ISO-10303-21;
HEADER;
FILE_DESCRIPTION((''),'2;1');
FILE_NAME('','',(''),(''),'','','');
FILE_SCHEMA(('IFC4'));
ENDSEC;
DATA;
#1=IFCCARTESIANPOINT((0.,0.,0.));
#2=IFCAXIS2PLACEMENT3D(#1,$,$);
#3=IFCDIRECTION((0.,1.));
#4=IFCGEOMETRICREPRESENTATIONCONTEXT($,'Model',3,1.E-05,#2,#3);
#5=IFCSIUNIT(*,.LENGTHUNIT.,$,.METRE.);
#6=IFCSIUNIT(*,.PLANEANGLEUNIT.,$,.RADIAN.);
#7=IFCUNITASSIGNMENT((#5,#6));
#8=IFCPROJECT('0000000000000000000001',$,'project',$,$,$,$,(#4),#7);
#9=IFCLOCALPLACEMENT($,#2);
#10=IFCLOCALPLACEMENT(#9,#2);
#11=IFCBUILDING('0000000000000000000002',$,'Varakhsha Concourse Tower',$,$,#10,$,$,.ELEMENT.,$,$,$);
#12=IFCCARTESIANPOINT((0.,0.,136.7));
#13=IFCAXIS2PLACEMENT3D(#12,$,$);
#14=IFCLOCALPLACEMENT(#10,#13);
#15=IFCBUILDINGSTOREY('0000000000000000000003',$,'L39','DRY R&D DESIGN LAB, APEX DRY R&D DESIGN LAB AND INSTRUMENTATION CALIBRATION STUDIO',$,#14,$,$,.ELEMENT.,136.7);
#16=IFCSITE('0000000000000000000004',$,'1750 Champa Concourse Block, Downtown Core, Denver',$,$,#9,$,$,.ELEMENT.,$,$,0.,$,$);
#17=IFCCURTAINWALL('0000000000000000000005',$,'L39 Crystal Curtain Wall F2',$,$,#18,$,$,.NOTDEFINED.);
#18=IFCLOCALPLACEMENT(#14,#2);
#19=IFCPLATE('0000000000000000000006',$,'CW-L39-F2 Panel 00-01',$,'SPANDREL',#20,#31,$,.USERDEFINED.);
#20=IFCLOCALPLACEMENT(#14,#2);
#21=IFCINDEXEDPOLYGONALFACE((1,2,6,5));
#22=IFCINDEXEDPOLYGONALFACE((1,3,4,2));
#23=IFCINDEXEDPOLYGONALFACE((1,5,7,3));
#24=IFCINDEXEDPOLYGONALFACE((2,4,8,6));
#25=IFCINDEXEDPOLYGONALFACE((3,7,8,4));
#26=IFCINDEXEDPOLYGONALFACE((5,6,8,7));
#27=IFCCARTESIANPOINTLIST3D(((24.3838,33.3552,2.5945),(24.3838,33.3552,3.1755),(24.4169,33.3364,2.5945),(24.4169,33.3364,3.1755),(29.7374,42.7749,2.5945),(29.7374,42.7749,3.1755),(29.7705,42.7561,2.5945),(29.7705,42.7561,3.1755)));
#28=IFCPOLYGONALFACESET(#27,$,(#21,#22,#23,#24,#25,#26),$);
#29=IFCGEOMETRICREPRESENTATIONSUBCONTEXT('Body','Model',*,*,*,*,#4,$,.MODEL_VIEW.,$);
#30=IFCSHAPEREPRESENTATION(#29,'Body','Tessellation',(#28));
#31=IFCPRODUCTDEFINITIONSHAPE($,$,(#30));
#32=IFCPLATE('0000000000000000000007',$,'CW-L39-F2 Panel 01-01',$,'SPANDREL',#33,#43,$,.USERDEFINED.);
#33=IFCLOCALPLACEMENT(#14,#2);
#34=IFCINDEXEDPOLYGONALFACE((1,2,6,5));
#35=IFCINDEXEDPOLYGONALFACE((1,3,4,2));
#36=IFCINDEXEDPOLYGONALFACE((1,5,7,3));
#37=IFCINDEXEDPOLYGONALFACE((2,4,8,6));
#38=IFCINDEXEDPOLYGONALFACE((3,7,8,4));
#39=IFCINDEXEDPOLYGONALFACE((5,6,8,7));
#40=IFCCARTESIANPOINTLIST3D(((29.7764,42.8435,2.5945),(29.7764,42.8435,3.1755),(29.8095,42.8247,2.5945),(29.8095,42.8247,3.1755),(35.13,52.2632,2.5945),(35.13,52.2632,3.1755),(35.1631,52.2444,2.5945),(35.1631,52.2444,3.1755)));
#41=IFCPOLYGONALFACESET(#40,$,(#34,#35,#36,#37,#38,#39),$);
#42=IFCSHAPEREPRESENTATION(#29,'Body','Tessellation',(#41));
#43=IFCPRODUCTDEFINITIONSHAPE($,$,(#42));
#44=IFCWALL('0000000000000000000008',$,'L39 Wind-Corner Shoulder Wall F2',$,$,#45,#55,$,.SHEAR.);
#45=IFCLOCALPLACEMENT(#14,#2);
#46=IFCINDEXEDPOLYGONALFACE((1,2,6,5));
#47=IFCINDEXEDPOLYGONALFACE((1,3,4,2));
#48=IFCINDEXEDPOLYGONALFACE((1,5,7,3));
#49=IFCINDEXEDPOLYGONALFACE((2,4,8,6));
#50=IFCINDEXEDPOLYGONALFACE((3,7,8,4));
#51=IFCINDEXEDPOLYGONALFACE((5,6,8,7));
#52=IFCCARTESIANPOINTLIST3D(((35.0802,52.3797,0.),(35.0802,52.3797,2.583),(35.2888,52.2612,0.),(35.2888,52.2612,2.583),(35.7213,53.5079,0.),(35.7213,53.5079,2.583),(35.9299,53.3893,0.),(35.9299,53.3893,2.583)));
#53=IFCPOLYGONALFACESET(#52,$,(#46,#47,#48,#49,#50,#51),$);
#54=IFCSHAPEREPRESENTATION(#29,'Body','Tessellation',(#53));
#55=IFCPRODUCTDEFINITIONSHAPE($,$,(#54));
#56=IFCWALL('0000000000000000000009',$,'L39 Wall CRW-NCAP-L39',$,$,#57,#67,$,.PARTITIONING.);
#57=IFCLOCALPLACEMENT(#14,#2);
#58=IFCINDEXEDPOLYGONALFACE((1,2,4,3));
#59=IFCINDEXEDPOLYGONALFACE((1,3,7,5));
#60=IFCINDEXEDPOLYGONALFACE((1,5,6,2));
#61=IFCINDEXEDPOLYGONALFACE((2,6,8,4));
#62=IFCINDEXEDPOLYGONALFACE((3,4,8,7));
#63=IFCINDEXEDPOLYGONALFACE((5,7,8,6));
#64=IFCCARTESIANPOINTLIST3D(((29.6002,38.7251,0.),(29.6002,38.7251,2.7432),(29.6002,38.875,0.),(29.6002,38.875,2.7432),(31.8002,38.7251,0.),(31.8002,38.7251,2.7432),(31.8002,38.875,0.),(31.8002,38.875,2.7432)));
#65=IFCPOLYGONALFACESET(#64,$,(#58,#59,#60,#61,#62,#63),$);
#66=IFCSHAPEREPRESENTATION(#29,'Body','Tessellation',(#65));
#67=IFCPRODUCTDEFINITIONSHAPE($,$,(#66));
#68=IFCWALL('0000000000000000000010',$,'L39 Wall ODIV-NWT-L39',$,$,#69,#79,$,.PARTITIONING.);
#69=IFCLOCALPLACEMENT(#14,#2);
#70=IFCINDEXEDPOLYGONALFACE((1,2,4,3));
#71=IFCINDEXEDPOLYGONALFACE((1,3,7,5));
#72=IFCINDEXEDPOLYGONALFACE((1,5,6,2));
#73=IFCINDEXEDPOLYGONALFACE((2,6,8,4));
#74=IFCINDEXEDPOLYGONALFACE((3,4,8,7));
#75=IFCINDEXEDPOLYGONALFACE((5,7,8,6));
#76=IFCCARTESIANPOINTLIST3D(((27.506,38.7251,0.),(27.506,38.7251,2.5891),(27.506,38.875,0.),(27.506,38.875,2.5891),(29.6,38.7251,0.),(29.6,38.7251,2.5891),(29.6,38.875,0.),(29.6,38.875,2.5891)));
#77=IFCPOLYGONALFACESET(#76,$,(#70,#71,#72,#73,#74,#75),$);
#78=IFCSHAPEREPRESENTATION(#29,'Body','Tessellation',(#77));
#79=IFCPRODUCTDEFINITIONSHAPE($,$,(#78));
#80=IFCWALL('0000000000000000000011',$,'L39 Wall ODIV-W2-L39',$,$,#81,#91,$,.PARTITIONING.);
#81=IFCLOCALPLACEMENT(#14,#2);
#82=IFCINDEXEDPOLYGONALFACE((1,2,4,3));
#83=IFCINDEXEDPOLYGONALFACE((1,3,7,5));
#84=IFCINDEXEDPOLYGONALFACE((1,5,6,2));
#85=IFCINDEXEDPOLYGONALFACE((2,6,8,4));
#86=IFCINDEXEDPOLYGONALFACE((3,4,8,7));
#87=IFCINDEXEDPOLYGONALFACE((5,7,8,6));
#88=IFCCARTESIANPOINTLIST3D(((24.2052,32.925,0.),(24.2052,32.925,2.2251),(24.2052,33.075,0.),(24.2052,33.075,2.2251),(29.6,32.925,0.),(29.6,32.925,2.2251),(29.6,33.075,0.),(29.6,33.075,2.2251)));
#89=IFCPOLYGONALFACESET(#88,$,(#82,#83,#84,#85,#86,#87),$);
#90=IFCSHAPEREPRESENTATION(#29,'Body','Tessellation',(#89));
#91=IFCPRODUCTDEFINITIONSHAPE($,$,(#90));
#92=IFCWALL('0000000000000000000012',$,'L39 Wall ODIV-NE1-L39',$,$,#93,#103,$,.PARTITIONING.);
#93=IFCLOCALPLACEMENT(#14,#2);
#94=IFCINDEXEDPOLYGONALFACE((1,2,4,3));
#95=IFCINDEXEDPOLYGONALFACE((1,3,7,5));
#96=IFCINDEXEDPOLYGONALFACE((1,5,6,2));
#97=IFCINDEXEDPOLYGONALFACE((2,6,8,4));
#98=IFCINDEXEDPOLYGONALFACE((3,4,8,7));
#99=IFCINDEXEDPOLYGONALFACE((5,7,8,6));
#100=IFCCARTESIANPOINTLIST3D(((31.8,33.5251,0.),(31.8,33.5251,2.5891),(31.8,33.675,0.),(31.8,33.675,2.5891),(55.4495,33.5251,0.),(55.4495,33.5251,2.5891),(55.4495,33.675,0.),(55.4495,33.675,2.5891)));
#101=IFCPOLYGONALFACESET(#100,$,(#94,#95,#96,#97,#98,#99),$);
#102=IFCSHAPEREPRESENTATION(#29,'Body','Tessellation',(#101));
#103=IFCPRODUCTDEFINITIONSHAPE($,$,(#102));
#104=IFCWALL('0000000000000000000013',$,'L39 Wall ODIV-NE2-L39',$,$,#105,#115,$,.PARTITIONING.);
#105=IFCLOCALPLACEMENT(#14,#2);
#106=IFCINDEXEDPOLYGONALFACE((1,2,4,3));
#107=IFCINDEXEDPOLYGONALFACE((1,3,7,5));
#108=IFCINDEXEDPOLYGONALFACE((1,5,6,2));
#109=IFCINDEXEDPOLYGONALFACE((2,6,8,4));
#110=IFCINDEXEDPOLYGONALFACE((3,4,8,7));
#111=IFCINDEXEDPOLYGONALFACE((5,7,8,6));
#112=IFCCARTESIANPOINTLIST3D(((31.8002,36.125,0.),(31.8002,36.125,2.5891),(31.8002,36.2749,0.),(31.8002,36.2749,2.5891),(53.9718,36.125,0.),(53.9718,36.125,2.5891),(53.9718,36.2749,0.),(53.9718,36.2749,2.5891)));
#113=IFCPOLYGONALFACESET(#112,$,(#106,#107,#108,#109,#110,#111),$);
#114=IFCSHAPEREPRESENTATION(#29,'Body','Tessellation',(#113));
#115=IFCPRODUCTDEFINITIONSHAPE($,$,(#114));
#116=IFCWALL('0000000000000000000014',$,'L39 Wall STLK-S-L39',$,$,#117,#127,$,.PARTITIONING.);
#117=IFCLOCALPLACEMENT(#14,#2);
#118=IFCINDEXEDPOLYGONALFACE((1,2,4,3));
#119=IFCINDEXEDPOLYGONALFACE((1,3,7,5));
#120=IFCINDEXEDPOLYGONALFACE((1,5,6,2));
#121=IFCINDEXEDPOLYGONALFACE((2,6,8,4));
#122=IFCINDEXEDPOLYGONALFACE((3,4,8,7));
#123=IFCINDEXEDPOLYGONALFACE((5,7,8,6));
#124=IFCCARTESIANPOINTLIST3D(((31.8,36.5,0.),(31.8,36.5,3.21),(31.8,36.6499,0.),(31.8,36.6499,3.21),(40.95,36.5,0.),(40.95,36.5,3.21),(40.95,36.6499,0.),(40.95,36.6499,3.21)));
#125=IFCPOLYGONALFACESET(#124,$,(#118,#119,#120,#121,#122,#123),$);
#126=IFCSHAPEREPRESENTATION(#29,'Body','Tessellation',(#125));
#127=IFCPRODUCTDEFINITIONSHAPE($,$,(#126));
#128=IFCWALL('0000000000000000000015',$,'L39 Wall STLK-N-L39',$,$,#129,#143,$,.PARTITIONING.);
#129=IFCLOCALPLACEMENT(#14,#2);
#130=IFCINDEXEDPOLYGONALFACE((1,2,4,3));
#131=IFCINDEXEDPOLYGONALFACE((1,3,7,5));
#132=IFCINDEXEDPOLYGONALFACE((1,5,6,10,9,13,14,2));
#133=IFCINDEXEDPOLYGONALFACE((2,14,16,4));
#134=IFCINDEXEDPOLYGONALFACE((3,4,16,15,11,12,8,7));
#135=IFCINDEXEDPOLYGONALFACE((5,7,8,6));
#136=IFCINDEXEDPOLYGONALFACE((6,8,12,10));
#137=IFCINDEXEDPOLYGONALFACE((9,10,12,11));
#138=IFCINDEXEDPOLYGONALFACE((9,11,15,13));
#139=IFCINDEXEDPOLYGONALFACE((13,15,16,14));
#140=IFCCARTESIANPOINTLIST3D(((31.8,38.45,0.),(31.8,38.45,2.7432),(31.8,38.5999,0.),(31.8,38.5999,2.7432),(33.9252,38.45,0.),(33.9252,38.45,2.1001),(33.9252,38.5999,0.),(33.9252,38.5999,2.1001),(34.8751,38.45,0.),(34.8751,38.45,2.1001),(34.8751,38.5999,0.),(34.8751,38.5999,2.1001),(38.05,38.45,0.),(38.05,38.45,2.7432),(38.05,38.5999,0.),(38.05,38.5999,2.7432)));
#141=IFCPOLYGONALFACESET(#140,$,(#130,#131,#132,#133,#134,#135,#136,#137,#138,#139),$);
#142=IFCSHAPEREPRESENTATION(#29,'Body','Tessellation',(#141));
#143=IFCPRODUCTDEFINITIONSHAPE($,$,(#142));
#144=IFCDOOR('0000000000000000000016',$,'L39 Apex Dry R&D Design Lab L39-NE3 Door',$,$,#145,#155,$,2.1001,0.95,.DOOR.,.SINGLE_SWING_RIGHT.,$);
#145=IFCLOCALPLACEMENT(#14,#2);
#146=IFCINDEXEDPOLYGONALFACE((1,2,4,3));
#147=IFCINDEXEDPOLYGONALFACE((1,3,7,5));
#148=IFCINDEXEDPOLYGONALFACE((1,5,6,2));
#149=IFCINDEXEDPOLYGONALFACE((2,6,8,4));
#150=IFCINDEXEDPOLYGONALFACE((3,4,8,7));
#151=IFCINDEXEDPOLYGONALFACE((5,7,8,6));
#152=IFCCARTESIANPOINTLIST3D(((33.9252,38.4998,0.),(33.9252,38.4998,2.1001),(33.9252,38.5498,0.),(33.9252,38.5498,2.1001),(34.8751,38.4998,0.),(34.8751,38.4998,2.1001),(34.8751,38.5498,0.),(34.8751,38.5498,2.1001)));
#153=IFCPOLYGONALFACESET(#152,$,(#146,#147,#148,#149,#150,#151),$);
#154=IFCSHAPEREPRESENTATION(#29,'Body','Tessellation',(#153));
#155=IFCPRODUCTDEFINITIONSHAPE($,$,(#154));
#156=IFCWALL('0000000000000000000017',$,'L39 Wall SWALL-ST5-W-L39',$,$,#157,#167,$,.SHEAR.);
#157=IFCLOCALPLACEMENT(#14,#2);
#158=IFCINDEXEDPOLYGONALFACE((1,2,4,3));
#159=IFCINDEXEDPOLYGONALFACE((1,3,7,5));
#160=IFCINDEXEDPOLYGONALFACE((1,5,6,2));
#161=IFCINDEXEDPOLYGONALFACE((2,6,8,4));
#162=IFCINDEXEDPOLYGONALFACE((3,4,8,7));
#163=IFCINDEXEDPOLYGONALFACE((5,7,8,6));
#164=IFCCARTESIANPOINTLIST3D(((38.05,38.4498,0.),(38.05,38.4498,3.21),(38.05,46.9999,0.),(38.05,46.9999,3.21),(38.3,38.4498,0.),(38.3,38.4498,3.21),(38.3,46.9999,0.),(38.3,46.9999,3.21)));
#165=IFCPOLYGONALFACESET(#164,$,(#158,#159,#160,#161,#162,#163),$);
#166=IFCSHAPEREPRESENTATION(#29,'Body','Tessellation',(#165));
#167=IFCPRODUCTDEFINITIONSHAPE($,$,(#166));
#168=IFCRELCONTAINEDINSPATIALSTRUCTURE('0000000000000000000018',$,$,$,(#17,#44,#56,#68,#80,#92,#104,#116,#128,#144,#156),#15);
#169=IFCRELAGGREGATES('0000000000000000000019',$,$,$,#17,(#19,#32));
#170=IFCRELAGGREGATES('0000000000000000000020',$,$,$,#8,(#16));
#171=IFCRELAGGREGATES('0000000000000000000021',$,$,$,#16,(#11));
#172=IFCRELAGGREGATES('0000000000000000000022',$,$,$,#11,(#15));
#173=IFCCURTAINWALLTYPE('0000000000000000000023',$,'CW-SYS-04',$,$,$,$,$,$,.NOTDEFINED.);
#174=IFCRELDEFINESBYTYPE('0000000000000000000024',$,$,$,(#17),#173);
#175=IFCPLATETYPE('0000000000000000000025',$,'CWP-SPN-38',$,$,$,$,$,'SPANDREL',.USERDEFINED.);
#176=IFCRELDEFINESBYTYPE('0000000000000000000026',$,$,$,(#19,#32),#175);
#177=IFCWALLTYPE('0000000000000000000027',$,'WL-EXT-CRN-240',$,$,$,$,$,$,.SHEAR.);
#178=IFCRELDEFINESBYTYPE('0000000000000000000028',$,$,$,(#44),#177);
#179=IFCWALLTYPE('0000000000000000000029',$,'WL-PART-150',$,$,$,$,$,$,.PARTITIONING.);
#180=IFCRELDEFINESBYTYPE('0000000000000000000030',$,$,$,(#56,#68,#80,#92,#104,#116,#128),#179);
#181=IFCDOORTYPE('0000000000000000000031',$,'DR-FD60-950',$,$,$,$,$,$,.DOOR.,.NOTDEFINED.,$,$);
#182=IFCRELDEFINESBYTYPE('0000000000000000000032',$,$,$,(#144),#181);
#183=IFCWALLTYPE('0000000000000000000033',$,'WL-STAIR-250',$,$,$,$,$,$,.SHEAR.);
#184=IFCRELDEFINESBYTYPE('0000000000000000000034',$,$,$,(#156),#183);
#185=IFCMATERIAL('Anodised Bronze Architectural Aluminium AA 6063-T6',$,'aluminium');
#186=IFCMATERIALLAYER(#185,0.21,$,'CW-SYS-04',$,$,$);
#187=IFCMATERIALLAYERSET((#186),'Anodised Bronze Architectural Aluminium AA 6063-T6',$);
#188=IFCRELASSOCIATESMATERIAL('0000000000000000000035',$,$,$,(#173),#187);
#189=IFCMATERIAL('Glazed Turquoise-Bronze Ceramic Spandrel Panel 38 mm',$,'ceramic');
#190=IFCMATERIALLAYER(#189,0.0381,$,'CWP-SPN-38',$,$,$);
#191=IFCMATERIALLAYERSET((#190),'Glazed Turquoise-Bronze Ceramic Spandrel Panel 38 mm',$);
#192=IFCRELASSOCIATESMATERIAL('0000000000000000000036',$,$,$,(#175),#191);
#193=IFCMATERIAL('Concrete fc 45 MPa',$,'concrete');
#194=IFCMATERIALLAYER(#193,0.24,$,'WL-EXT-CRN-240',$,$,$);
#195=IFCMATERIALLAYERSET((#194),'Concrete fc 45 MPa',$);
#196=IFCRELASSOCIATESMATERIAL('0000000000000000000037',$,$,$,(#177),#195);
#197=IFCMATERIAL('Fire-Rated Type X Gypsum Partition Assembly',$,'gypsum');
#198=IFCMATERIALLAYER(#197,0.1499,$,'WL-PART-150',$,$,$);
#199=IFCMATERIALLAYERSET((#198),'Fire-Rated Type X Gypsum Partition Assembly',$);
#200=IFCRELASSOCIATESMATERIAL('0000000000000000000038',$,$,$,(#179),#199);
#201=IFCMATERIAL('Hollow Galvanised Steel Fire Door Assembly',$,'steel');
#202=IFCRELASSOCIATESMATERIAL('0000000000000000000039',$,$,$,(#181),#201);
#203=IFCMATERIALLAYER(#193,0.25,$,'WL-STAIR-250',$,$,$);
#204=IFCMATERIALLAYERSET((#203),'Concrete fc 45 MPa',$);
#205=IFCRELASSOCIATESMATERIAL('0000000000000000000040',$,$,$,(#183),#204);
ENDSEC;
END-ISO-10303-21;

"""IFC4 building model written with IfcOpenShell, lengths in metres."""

from ifc_helpers import new_model, si_unit, direction, frame, frame_2d, origin, origin_2d, place, context, subcontext, project, spatial, rectangle, extrude, source, transform, mapped, material, layer, layer_set, type_object, type_shapes, element, fill, aggregate, save


model = new_model("IFC4")

# Units and contexts
model_context = context("Model", 3, precision=1e-05, world=origin(), true_north=direction((0.0, 1.0)))
body_context = subcontext(model_context, "Body", "Model", "MODEL_VIEW")
ifc_project = project(units=[si_unit("LENGTHUNIT", "METRE"), si_unit("PLANEANGLEUNIT", "RADIAN")], contexts=[model_context])

# Site, building, storey
site_placement = place(None, origin())
site = spatial("IfcSite", under=ifc_project, at=site_placement, Name="1750 Champa Concourse Block, Downtown Core, Denver", CompositionType="ELEMENT", RefElevation=0.0)
building_placement = place(site_placement, origin())
building = spatial("IfcBuilding", under=site, at=building_placement, Name="Varakhsha Concourse Tower", CompositionType="ELEMENT")
storey_placement = place(building_placement, frame((0.0, 0.0, 136.7)))
storey = spatial("IfcBuildingStorey", under=building, at=storey_placement, Name="L39", Description="DRY R&D DESIGN LAB, APEX DRY R&D DESIGN LAB AND INSTRUMENTATION CALIBRATION STUDIO", CompositionType="ELEMENT", Elevation=136.7)

# Shared definitions
ifc_material_1 = material(Name="Anodised Bronze Architectural Aluminium AA 6063-T6", Category="aluminium")
ifc_layer_1 = layer(ifc_material_1, 0.21, Name="CW-SYS-04")
ifc_layer_set_1 = layer_set([ifc_layer_1], Name="Anodised Bronze Architectural Aluminium AA 6063-T6")
curtain_wall_type = type_object("IfcCurtainWallType", Name="CW-SYS-04", PredefinedType="NOTDEFINED", material=ifc_layer_set_1)

# Curtain wall
curtain_wall_1_placement = place(storey_placement, origin())
curtain_wall_1 = element("IfcCurtainWall", 1, at=curtain_wall_1_placement, inside=storey, type_object=curtain_wall_type, Name="L39 Crystal Curtain Wall F2", PredefinedType="NOTDEFINED")

# Plates
ifc_material_2 = material(Name="Glazed Turquoise-Bronze Ceramic Spandrel Panel 38 mm", Category="ceramic")
ifc_layer_2 = layer(ifc_material_2, 0.0381, Name="CWP-SPN-38")
ifc_layer_set_2 = layer_set([ifc_layer_2], Name="Glazed Turquoise-Bronze Ceramic Spandrel Panel 38 mm")
plate_type_1 = type_object("IfcPlateType", Name="CWP-SPN-38", ElementType="SPANDREL", PredefinedType="USERDEFINED", material=ifc_layer_set_2)
shared_shape_1 = source(origin(), body_context, "Body", "SweptSolid", [
    extrude(rectangle(XDim=10.8347, YDim=0.0381, at=origin_2d()), origin(), (0.0, 0.0, 1.0), 0.5811),
])
type_shapes(plate_type_1, [shared_shape_1])
plate_1_placement = place(storey_placement, frame((27.0771, 38.0557, 2.5945), z_axis=(0.0, 0.0, 1.0), x_axis=(0.494115, 0.869397, 0.0)))
plate_1 = element("IfcPlate", 2, at=plate_1_placement, type_object=plate_type_1, Name="CW-L39-F2 Panel 00-01", ObjectType="SPANDREL", PredefinedType="USERDEFINED", context=body_context, shape_type="MappedRepresentation", body=[
    mapped(shared_shape_1, transform((0.0, 0.0, 0.0), scale=1.0)),
])
plate_2_placement = place(storey_placement, frame((32.4697, 47.5439, 2.5945), z_axis=(0.0, 0.0, 1.0), x_axis=(0.494115, 0.869397, 0.0)))
plate_2 = element("IfcPlate", 3, at=plate_2_placement, type_object=plate_type_1, Name="CW-L39-F2 Panel 01-01", ObjectType="SPANDREL", PredefinedType="USERDEFINED", context=body_context, shape_type="MappedRepresentation", body=[
    mapped(shared_shape_1, transform((0.0, 0.0, 0.0), scale=1.0)),
])
aggregate(curtain_wall_1, [plate_1, plate_2])

# Walls
ifc_material_3 = material(Name="Concrete fc 45 MPa", Category="concrete")
ifc_layer_3 = layer(ifc_material_3, 0.24, Name="WL-EXT-CRN-240")
ifc_layer_set_3 = layer_set([ifc_layer_3], Name="Concrete fc 45 MPa")
wall_type_1 = type_object("IfcWallType", Name="WL-EXT-CRN-240", PredefinedType="SHEAR", material=ifc_layer_set_3)
wall_1_placement = place(storey_placement, frame((35.8257, 53.4487, 0.0), z_axis=(0.0, 0.0, 1.0), x_axis=(-0.494071, -0.869422, 0.0)))
element("IfcWall", 4, at=wall_1_placement, inside=storey, type_object=wall_type_1, Name="L39 Wind-Corner Shoulder Wall F2", PredefinedType="SHEAR", context=body_context, shape_type="SweptSolid", body=[
    extrude(rectangle(XDim=1.2976, YDim=0.24, at=frame_2d((0.6489, 0.0))), origin(), (0.0, 0.0, 1.0), 2.583),
])
ifc_material_4 = material(Name="Fire-Rated Type X Gypsum Partition Assembly", Category="gypsum")
ifc_layer_4 = layer(ifc_material_4, 0.1499, Name="WL-PART-150")
ifc_layer_set_4 = layer_set([ifc_layer_4], Name="Fire-Rated Type X Gypsum Partition Assembly")
wall_type_2 = type_object("IfcWallType", Name="WL-PART-150", PredefinedType="PARTITIONING", material=ifc_layer_set_4)
wall_2_placement = place(storey_placement, frame((29.6001, 38.8, 0.0), z_axis=(0.0, 0.0, 1.0), x_axis=(1.0, 0.0, 0.0)))
element("IfcWall", 5, at=wall_2_placement, inside=storey, type_object=wall_type_2, Name="L39 Wall CRW-NCAP-L39", PredefinedType="PARTITIONING", context=body_context, shape_type="SweptSolid", body=[
    extrude(rectangle(XDim=2.2, YDim=0.1499, at=frame_2d((1.1001, 0.0))), origin(), (0.0, 0.0, 1.0), 2.7432),
])
wall_3_placement = place(storey_placement, frame((27.5061, 38.8, 0.0), z_axis=(0.0, 0.0, 1.0), x_axis=(1.0, 0.0, 0.0)))
element("IfcWall", 6, at=wall_3_placement, inside=storey, type_object=wall_type_2, Name="L39 Wall ODIV-NWT-L39", PredefinedType="PARTITIONING", context=body_context, shape_type="SweptSolid", body=[
    extrude(rectangle(XDim=2.094, YDim=0.1499, at=frame_2d((1.0469, 0.0))), origin(), (0.0, 0.0, 1.0), 2.5891),
])
wall_4_placement = place(storey_placement, frame((24.2053, 33.0, 0.0), z_axis=(0.0, 0.0, 1.0), x_axis=(1.0, 0.0, 0.0)))
element("IfcWall", 7, at=wall_4_placement, inside=storey, type_object=wall_type_2, Name="L39 Wall ODIV-W2-L39", PredefinedType="PARTITIONING", context=body_context, shape_type="SweptSolid", body=[
    extrude(rectangle(XDim=5.3948, YDim=0.1499, at=frame_2d((2.6973, 0.0))), origin(), (0.0, 0.0, 1.0), 2.2251),
])
wall_5_placement = place(storey_placement, frame((31.8, 33.6001, 0.0), z_axis=(0.0, 0.0, 1.0), x_axis=(1.0, 0.0, 0.0)))
element("IfcWall", 8, at=wall_5_placement, inside=storey, type_object=wall_type_2, Name="L39 Wall ODIV-NE1-L39", PredefinedType="PARTITIONING", context=body_context, shape_type="SweptSolid", body=[
    extrude(rectangle(XDim=23.6494, YDim=0.1499, at=frame_2d((11.8247, 0.0))), origin(), (0.0, 0.0, 1.0), 2.5891),
])
wall_6_placement = place(storey_placement, frame((31.8, 36.2, 0.0), z_axis=(0.0, 0.0, 1.0), x_axis=(1.0, 0.0, 0.0)))
element("IfcWall", 9, at=wall_6_placement, inside=storey, type_object=wall_type_2, Name="L39 Wall ODIV-NE2-L39", PredefinedType="PARTITIONING", context=body_context, shape_type="SweptSolid", body=[
    extrude(rectangle(XDim=22.1716, YDim=0.1499, at=frame_2d((11.0859, 0.0))), origin(), (0.0, 0.0, 1.0), 2.5891),
])
wall_7_placement = place(storey_placement, frame((31.8, 36.575, 0.0), z_axis=(0.0, 0.0, 1.0), x_axis=(1.0, 0.0, 0.0)))
element("IfcWall", 10, at=wall_7_placement, inside=storey, type_object=wall_type_2, Name="L39 Wall STLK-S-L39", PredefinedType="PARTITIONING", context=body_context, shape_type="SweptSolid", body=[
    extrude(rectangle(XDim=9.1499, YDim=0.1499, at=frame_2d((4.575, 0.0))), origin(), (0.0, 0.0, 1.0), 3.21),
])

# Wall, opening, door
wall_8_placement = place(storey_placement, frame((31.8, 38.5249, 0.0), z_axis=(0.0, 0.0, 1.0), x_axis=(1.0, 0.0, 0.0)))
wall_8 = element("IfcWall", 11, at=wall_8_placement, inside=storey, type_object=wall_type_2, Name="L39 Wall STLK-N-L39", PredefinedType="PARTITIONING", context=body_context, shape_type="SweptSolid", body=[
    extrude(rectangle(XDim=6.25, YDim=0.1499, at=frame_2d((3.125, 0.0))), origin(), (0.0, 0.0, 1.0), 2.7432),
])
opening_1_placement = place(wall_8_placement, frame((2.125, 0.0, 0.0)))
opening_1 = element("IfcOpeningElement", 12, at=opening_1_placement, cuts=wall_8, PredefinedType="OPENING", context=body_context, shape_type="SweptSolid", body=[
    extrude(rectangle(XDim=0.95, YDim=2.1001, at=frame_2d((0.4751, 1.05))), frame((0.0, 0.085, 0.0), z_axis=(0.0, -1.0, 0.0), x_axis=(1.0, 0.0, 0.0)), (0.0, 0.0, 1.0), 0.1699),
])
ifc_material_5 = material(Name="Hollow Galvanised Steel Fire Door Assembly", Category="steel")
door_type_1 = type_object("IfcDoorType", Name="DR-FD60-950", OperationType="NOTDEFINED", PredefinedType="DOOR", material=ifc_material_5)
door_1_placement = place(opening_1_placement, origin())
door_1 = element("IfcDoor", 13, at=door_1_placement, inside=storey, type_object=door_type_1, Name="L39 Apex Dry R&D Design Lab L39-NE3 Door", OperationType="SINGLE_SWING_RIGHT", OverallHeight=2.1001, OverallWidth=0.95, PredefinedType="DOOR", context=body_context, shape_type="SweptSolid", body=[
    extrude(rectangle(XDim=0.95, YDim=2.1001, at=frame_2d((0.4751, 1.05))), frame((0.0, 0.0249, 0.0), z_axis=(0.0, -1.0, 0.0), x_axis=(1.0, 0.0, 0.0)), (0.0, 0.0, 1.0), 0.05),
])
fill(opening_1, door_1)

# Wall
ifc_layer_5 = layer(ifc_material_3, 0.25, Name="WL-STAIR-250")
ifc_layer_set_5 = layer_set([ifc_layer_5], Name="Concrete fc 45 MPa")
wall_type_3 = type_object("IfcWallType", Name="WL-STAIR-250", PredefinedType="SHEAR", material=ifc_layer_set_5)
wall_9_placement = place(storey_placement, frame((38.175, 38.45, 0.0), z_axis=(0.0, 0.0, 1.0), x_axis=(0.0, 1.0, 0.0)))
element("IfcWall", 14, at=wall_9_placement, inside=storey, type_object=wall_type_3, Name="L39 Wall SWALL-ST5-W-L39", PredefinedType="SHEAR", context=body_context, shape_type="SweptSolid", body=[
    extrude(rectangle(XDim=8.55, YDim=0.25, at=frame_2d((4.2749, 0.0))), origin(), (0.0, 0.0, 1.0), 3.21),
])

save(model, "model.ifc")
